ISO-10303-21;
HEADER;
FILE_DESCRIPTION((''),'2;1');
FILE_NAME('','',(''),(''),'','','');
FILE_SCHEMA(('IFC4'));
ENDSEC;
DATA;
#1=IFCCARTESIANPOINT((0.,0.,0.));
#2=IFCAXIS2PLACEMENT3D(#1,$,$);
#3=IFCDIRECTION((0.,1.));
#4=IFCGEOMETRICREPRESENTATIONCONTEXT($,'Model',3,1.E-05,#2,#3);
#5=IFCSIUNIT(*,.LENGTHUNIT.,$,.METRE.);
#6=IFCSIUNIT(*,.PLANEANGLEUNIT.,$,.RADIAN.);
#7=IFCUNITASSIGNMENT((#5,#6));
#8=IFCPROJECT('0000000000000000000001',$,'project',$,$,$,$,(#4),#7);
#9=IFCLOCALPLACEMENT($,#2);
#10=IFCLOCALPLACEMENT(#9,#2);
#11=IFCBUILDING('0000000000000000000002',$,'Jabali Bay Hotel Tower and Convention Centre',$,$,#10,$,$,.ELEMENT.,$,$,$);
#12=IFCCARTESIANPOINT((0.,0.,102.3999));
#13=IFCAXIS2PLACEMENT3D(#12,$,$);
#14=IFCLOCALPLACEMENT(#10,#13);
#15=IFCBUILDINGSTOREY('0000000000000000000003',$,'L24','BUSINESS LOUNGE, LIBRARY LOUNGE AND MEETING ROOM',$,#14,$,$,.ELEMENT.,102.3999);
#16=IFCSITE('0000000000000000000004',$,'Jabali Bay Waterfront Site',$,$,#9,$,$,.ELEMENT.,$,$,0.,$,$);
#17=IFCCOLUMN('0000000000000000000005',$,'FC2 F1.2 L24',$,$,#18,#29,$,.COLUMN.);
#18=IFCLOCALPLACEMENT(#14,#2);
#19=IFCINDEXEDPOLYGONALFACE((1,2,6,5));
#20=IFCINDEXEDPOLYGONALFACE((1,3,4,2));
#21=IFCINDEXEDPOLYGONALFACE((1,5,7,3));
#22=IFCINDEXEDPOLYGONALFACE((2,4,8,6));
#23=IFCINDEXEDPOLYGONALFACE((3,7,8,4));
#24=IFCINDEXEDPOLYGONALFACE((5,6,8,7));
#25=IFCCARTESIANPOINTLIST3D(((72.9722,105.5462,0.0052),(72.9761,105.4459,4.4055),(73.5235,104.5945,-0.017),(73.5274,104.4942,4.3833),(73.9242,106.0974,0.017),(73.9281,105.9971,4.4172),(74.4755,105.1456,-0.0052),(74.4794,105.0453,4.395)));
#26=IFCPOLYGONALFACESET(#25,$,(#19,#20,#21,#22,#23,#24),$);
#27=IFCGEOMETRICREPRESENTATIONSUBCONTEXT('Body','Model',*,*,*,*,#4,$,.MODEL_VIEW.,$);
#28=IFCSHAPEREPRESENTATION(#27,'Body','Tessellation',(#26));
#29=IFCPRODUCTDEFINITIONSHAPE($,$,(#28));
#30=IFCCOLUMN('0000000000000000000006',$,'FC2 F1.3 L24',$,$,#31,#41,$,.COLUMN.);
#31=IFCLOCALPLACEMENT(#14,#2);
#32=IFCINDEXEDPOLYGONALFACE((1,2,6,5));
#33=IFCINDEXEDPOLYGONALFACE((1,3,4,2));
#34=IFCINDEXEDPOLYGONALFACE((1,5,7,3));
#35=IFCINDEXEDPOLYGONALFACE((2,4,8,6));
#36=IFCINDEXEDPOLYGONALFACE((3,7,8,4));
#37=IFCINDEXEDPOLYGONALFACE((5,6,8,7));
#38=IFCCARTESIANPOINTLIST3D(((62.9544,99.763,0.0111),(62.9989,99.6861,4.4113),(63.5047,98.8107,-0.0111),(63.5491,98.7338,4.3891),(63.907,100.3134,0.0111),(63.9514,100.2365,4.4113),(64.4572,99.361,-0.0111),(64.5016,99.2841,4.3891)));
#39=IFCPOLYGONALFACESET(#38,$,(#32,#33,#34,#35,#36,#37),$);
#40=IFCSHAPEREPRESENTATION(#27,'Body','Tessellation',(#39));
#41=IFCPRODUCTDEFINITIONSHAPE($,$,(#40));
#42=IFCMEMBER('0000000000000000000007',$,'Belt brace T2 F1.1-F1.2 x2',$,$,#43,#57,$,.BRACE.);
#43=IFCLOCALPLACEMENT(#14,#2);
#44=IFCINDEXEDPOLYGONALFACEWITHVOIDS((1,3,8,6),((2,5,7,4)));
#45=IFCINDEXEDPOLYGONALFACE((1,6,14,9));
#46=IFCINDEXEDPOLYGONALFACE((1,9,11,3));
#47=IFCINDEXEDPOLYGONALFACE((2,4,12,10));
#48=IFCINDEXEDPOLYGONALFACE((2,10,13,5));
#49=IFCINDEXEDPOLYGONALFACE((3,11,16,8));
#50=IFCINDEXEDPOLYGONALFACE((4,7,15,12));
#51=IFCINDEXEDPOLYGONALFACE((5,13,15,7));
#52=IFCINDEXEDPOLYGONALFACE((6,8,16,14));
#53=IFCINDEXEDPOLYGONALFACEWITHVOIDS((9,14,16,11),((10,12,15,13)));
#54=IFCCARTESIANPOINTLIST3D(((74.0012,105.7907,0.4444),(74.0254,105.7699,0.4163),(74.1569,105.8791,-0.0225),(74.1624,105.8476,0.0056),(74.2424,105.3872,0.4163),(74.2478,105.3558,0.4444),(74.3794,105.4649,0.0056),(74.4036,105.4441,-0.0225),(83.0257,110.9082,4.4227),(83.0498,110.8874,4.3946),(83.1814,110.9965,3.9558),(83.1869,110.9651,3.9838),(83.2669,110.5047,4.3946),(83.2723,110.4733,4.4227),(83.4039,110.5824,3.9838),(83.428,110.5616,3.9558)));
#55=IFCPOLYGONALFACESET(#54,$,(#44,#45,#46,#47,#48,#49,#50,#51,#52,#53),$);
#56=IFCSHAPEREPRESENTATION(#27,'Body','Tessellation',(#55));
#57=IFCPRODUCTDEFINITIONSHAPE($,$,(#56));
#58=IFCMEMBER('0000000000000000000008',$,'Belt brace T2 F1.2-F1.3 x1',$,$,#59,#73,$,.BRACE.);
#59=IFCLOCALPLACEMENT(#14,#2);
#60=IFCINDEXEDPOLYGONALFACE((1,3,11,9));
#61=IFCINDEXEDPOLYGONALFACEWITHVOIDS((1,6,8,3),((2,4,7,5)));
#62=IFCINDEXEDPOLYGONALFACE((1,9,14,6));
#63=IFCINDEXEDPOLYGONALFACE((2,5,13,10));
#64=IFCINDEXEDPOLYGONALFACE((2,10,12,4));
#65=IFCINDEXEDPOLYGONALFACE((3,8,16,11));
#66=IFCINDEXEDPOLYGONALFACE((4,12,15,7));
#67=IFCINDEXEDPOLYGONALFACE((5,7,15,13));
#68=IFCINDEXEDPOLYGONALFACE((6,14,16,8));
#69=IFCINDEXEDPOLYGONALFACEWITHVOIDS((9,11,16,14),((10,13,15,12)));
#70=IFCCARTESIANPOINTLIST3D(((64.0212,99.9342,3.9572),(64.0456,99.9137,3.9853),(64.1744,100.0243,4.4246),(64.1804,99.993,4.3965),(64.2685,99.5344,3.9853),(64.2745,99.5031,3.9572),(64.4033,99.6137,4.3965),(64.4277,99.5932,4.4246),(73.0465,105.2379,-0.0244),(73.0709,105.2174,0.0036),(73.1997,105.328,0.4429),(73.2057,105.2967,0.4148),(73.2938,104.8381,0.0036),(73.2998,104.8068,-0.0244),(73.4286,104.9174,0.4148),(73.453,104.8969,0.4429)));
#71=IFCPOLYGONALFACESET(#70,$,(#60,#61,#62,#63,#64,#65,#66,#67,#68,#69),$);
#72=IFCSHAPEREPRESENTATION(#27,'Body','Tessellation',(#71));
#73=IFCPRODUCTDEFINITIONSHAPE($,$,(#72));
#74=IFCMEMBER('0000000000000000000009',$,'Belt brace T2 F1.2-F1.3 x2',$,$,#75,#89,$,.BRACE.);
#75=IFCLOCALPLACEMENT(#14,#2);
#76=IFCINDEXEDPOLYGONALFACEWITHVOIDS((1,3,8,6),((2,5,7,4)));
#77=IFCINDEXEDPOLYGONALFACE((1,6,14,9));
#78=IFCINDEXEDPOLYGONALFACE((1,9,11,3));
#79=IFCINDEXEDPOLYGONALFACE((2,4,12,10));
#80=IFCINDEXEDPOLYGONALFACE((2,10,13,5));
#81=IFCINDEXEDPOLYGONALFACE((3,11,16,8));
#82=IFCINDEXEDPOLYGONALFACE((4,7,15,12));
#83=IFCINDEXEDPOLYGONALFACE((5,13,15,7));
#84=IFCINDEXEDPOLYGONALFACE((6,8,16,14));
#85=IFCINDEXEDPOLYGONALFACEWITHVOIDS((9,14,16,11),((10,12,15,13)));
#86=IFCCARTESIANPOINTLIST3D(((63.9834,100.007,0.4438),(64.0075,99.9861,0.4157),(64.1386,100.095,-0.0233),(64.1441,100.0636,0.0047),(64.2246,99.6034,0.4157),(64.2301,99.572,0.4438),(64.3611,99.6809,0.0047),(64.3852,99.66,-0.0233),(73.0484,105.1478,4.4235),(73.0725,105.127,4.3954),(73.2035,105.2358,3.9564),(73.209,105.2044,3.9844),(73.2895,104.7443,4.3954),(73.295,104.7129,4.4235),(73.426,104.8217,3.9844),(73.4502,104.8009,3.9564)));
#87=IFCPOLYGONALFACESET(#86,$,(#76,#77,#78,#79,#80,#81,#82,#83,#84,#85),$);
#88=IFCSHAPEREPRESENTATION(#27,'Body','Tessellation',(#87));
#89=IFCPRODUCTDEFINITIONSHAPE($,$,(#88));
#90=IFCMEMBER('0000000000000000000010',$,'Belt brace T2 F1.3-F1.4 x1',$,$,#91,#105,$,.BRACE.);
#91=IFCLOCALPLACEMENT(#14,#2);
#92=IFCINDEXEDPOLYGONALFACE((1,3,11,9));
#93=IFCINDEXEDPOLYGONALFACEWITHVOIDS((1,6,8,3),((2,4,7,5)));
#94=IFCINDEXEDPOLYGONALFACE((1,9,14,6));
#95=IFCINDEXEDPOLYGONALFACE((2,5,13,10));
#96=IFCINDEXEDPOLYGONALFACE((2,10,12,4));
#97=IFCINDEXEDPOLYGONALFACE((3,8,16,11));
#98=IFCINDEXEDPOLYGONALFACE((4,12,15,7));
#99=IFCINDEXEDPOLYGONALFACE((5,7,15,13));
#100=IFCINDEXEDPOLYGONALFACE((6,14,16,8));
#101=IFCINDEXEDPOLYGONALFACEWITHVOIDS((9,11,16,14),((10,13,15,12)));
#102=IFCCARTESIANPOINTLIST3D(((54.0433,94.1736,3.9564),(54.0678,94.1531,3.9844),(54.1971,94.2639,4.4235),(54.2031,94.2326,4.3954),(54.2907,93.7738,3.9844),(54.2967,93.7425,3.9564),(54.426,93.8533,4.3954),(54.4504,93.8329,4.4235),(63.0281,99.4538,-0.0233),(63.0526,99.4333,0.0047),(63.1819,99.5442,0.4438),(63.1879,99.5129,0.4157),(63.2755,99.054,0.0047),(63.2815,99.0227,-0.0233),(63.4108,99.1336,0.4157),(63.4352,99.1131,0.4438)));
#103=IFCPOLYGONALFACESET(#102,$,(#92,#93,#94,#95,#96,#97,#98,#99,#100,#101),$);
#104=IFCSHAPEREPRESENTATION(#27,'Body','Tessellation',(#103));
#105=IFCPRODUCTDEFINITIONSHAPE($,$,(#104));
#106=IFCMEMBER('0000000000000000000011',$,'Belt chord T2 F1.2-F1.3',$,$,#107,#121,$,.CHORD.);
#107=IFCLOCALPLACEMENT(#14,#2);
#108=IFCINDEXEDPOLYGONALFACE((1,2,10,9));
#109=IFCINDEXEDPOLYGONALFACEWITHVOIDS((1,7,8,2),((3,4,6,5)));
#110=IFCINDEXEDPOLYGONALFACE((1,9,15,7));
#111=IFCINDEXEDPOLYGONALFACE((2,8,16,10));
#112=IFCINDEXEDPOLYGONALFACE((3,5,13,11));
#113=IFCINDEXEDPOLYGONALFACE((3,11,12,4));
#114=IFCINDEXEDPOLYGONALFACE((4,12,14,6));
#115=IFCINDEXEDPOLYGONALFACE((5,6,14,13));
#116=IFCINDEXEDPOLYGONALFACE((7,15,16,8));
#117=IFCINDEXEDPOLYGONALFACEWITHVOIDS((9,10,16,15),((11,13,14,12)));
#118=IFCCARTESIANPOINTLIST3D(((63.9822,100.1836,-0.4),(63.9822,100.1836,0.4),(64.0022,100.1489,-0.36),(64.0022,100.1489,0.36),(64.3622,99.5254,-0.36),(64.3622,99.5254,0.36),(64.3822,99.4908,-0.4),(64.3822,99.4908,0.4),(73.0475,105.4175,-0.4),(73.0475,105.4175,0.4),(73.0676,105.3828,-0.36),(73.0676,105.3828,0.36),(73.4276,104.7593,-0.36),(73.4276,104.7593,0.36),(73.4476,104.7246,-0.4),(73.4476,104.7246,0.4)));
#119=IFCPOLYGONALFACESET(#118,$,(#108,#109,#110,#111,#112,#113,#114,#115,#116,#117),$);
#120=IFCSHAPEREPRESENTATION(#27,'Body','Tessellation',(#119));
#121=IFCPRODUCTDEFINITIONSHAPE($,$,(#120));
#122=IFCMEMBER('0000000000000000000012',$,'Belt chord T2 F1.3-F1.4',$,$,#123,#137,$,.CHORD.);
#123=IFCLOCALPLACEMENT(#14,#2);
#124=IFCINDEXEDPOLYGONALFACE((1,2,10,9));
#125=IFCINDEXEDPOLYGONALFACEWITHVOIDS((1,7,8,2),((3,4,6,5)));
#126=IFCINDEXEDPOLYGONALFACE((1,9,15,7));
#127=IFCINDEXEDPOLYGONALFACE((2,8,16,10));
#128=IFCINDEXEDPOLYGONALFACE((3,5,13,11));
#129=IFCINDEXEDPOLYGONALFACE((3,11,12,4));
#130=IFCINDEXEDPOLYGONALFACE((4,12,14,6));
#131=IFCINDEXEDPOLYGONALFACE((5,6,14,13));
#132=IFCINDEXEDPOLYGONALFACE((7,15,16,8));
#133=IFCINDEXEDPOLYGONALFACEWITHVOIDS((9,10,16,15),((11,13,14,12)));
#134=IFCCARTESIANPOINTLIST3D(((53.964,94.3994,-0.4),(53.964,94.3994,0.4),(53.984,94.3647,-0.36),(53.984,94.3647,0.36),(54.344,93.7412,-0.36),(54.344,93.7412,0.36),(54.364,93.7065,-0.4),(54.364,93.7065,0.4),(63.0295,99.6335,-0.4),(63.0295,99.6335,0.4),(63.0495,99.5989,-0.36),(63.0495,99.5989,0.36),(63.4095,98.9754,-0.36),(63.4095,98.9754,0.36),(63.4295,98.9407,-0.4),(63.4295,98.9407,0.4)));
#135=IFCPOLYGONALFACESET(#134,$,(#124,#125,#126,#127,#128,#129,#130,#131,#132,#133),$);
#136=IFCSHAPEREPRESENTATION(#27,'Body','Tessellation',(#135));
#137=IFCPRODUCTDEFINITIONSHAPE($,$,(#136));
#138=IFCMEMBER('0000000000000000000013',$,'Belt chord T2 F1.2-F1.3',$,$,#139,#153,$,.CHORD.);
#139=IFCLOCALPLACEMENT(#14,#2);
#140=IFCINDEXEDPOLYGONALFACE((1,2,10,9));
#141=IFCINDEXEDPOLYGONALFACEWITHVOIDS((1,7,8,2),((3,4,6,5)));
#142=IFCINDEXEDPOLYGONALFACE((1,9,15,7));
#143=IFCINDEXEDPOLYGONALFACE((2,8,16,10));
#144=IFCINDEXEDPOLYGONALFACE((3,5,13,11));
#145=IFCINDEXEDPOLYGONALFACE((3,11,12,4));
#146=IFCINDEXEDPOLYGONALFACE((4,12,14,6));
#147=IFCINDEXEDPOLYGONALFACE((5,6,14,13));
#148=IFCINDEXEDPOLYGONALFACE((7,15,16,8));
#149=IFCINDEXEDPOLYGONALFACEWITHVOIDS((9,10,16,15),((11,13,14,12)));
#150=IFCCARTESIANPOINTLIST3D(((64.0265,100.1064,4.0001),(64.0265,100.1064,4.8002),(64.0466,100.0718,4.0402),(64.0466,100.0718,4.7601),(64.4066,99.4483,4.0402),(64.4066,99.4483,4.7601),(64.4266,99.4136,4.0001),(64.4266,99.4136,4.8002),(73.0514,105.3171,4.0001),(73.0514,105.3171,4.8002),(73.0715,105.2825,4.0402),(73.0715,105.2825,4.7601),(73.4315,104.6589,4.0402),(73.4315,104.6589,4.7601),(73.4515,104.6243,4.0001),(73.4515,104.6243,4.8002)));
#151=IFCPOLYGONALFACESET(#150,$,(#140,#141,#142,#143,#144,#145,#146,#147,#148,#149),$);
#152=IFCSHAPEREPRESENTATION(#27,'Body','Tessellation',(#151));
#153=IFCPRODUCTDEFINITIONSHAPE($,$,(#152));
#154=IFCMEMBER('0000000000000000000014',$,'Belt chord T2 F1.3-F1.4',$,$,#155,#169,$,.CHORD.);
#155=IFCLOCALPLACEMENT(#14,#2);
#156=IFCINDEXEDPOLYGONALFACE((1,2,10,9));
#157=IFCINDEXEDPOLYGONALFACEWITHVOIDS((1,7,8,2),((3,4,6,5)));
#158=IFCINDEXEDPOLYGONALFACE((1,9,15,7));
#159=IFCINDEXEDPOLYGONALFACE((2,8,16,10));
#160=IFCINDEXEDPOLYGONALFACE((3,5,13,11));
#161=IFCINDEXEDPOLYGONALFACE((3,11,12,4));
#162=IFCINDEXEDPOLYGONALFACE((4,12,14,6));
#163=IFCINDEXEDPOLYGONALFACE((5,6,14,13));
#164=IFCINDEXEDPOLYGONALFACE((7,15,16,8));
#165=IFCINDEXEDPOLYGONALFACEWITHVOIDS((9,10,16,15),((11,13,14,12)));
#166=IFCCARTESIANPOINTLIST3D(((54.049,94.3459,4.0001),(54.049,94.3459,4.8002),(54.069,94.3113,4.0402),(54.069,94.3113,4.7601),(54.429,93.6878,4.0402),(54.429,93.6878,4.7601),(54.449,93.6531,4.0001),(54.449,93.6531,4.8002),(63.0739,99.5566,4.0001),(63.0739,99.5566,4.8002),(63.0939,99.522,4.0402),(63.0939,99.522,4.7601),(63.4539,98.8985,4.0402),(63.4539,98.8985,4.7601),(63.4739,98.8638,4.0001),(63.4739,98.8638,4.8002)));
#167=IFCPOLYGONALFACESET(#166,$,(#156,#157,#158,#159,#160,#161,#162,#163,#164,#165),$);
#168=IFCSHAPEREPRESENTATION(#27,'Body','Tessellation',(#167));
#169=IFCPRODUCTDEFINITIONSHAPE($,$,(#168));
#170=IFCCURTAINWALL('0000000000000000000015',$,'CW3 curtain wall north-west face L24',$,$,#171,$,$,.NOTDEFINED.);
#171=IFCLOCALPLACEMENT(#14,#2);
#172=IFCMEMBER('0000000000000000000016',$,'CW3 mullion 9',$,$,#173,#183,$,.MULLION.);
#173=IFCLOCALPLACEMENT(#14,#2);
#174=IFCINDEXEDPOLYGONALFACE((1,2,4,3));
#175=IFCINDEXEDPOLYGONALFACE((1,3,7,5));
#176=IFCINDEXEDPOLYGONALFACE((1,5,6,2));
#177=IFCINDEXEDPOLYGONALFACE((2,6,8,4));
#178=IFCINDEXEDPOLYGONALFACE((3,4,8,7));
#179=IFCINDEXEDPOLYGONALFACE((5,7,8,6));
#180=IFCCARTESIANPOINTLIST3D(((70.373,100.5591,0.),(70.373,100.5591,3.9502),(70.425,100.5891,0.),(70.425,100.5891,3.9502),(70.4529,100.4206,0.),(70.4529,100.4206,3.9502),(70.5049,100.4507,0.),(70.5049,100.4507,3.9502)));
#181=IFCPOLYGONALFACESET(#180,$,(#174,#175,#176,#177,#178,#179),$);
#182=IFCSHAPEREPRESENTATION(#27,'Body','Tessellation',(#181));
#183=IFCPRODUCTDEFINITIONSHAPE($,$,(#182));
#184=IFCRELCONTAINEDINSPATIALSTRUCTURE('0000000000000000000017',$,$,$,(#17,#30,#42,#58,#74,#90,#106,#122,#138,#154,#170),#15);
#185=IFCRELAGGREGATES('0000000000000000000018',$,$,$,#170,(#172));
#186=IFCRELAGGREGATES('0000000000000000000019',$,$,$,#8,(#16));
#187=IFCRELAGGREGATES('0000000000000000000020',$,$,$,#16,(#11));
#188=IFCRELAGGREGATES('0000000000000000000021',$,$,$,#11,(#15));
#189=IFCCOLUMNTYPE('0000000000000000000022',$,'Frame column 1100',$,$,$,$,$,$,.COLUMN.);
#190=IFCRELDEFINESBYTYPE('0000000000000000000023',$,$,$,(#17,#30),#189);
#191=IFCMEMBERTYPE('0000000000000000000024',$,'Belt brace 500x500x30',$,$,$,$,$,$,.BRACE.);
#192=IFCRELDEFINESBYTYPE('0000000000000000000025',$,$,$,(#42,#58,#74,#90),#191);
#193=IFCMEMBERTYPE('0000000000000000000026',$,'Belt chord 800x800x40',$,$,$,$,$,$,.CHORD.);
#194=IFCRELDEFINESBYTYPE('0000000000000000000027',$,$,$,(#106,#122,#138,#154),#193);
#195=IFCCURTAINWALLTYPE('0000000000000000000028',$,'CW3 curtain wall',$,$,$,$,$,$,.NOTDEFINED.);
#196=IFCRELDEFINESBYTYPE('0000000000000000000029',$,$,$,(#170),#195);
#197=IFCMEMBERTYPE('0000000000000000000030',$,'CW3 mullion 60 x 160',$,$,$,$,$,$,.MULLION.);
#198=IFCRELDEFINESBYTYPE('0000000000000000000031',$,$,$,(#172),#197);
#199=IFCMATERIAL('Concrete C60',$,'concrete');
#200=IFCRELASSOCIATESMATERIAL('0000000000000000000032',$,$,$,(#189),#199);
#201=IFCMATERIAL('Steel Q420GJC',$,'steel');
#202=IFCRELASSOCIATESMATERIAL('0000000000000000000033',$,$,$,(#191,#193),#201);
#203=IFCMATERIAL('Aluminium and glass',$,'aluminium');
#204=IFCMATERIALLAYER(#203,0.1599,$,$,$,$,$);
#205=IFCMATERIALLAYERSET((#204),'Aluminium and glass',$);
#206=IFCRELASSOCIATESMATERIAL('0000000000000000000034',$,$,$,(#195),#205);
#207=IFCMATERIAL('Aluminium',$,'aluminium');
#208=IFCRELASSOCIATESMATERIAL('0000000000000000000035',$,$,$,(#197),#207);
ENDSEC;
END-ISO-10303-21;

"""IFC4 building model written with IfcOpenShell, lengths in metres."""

from ifc_helpers import new_model, si_unit, direction, frame, origin, origin_2d, place, context, subcontext, project, spatial, rectangle, hollow_rectangle, extrude, material, layer, layer_set, material_profile, profile_set, type_object, element, aggregate, save


model = new_model("IFC4")

# Units and contexts
model_context = context("Model", 3, precision=1e-05, world=origin(), true_north=direction((0.0, 1.0)))
body_context = subcontext(model_context, "Body", "Model", "MODEL_VIEW")
ifc_project = project(units=[si_unit("LENGTHUNIT", "METRE"), si_unit("PLANEANGLEUNIT", "RADIAN")], contexts=[model_context])

# Site, building, storey
site_placement = place(None, origin())
site = spatial("IfcSite", under=ifc_project, at=site_placement, Name="Jabali Bay Waterfront Site", CompositionType="ELEMENT", RefElevation=0.0)
building_placement = place(site_placement, origin())
building = spatial("IfcBuilding", under=site, at=building_placement, Name="Jabali Bay Hotel Tower and Convention Centre", CompositionType="ELEMENT")
storey_placement = place(building_placement, frame((0.0, 0.0, 102.3999)))
storey = spatial("IfcBuildingStorey", under=building, at=storey_placement, Name="L24", Description="BUSINESS LOUNGE, LIBRARY LOUNGE AND MEETING ROOM", CompositionType="ELEMENT", Elevation=102.3999)

# Columns
ifc_material_1 = material(Name="Concrete C60", Category="concrete")
ifc_material_profile_1 = material_profile(ifc_material_1, rectangle(XDim=1.1001, YDim=1.1001, at=origin_2d()), Name="Frame column 1100")
ifc_profile_set_1 = profile_set([ifc_material_profile_1], Name="Concrete C60")
column_type = type_object("IfcColumnType", Name="Frame column 1100", PredefinedType="COLUMN", material=ifc_profile_set_1)
column_1_placement = place(storey_placement, frame((73.7239, 105.3459, 0.0), z_axis=(0.000888, -0.022798, 0.99974), x_axis=(0.865382, 0.501, 0.010657)))
element("IfcColumn", 1, at=column_1_placement, inside=storey, type_object=column_type, Name="FC2 F1.2 L24", PredefinedType="COLUMN", context=body_context, shape_type="SweptSolid", body=[
    extrude(rectangle(XDim=1.1001, YDim=1.1001, at=origin_2d()), origin(), (0.0, 0.0, 1.0), 4.4014),
])
column_2_placement = place(storey_placement, frame((63.7058, 99.562, 0.0), z_axis=(0.010096, -0.017474, 0.999796), x_axis=(0.865864, 0.500279, 0.0)))
element("IfcColumn", 2, at=column_2_placement, inside=storey, type_object=column_type, Name="FC2 F1.3 L24", PredefinedType="COLUMN", context=body_context, shape_type="SweptSolid", body=[
    extrude(rectangle(XDim=1.1001, YDim=1.1001, at=origin_2d()), origin(), (0.0, 0.0, 1.0), 4.4011),
])

# Members
ifc_material_2 = material(Name="Steel Q420GJC", Category="steel")
ifc_material_profile_2 = material_profile(ifc_material_2, hollow_rectangle(XDim=0.5, YDim=0.5, WallThickness=0.03, at=origin_2d()), Name="Belt brace 500x500x30")
ifc_profile_set_2 = profile_set([ifc_material_profile_2], Name="Steel Q420GJC")
member_type_1 = type_object("IfcMemberType", Name="Belt brace 500x500x30", PredefinedType="BRACE", material=ifc_profile_set_2)
member_1_placement = place(storey_placement, frame((74.2024, 105.6174, 0.2109), z_axis=(0.812204, 0.460573, 0.358047), x_axis=(-0.493275, 0.869873, 0.0)))
element("IfcMember", 3, at=member_1_placement, inside=storey, type_object=member_type_1, Name="Belt brace T2 F1.1-F1.2 x2", PredefinedType="BRACE", context=body_context, shape_type="SweptSolid", body=[
    extrude(hollow_rectangle(XDim=0.5, YDim=0.5, WallThickness=0.03, at=origin_2d()), origin(), (0.0, 0.0, 1.0), 11.1111),
])
member_2_placement = place(storey_placement, frame((73.2498, 105.0674, 0.2092), z_axis=(-0.805836, -0.473544, 0.355507), x_axis=(0.506641, -0.862157, 0.0)))
element("IfcMember", 4, at=member_2_placement, inside=storey, type_object=member_type_1, Name="Belt brace T2 F1.2-F1.3 x1", PredefinedType="BRACE", context=body_context, shape_type="SweptSolid", body=[
    extrude(hollow_rectangle(XDim=0.5, YDim=0.5, WallThickness=0.03, at=origin_2d()), origin(), (0.0, 0.0, 1.0), 11.2),
])
member_3_placement = place(storey_placement, frame((64.1843, 99.8335, 0.2102), z_axis=(0.812615, 0.460847, 0.356758), x_axis=(-0.493308, 0.869855, 0.0)))
element("IfcMember", 5, at=member_3_placement, inside=storey, type_object=member_type_1, Name="Belt brace T2 F1.2-F1.3 x2", PredefinedType="BRACE", context=body_context, shape_type="SweptSolid", body=[
    extrude(hollow_rectangle(XDim=0.5, YDim=0.5, WallThickness=0.03, at=origin_2d()), origin(), (0.0, 0.0, 1.0), 11.1553),
])
member_4_placement = place(storey_placement, frame((63.2317, 99.2834, 0.2102), z_axis=(-0.805413, -0.47333, 0.356748), x_axis=(0.506668, -0.862141, 0.0)))
element("IfcMember", 6, at=member_4_placement, inside=storey, type_object=member_type_1, Name="Belt brace T2 F1.3-F1.4 x1", PredefinedType="BRACE", context=body_context, shape_type="SweptSolid", body=[
    extrude(hollow_rectangle(XDim=0.5, YDim=0.5, WallThickness=0.03, at=origin_2d()), origin(), (0.0, 0.0, 1.0), 11.1555),
])
ifc_material_profile_3 = material_profile(ifc_material_2, hollow_rectangle(XDim=0.8, YDim=0.8, WallThickness=0.04, at=origin_2d()), Name="Belt chord 800x800x40")
ifc_profile_set_3 = profile_set([ifc_material_profile_3], Name="Steel Q420GJC")
member_type_2 = type_object("IfcMemberType", Name="Belt chord 800x800x40", PredefinedType="CHORD", material=ifc_profile_set_3)
member_5_placement = place(storey_placement, frame((73.2476, 105.071, 0.0), z_axis=(-0.866027, -0.499997, 0.0), x_axis=(0.499997, -0.866027, 0.0)))
element("IfcMember", 7, at=member_5_placement, inside=storey, type_object=member_type_2, Name="Belt chord T2 F1.2-F1.3", PredefinedType="CHORD", context=body_context, shape_type="SweptSolid", body=[
    extrude(hollow_rectangle(XDim=0.8, YDim=0.8, WallThickness=0.04, at=origin_2d()), origin(), (0.0, 0.0, 1.0), 10.4678),
])
member_6_placement = place(storey_placement, frame((63.2295, 99.2871, 0.0), z_axis=(-0.866017, -0.500015, 0.0), x_axis=(0.500015, -0.866017, 0.0)))
element("IfcMember", 8, at=member_6_placement, inside=storey, type_object=member_type_2, Name="Belt chord T2 F1.3-F1.4", PredefinedType="CHORD", context=body_context, shape_type="SweptSolid", body=[
    extrude(hollow_rectangle(XDim=0.8, YDim=0.8, WallThickness=0.04, at=origin_2d()), origin(), (0.0, 0.0, 1.0), 10.468),
])
for number, where, z_axis, x_axis, name in (
    (9, (73.2515, 104.9707, 4.4001), (-0.866019, -0.500012, 0.0), (0.500012, -0.866019, 0.0), "Belt chord T2 F1.2-F1.3"),
    (10, (63.2739, 99.2102, 4.4001), (-0.866019, -0.500012, 0.0), (0.500012, -0.866019, 0.0), "Belt chord T2 F1.3-F1.4"),
):
    element("IfcMember", number, at=place(storey_placement, frame(where, z_axis=z_axis, x_axis=x_axis)), inside=storey, type_object=member_type_2, Name=name, PredefinedType="CHORD", context=body_context, shape_type="SweptSolid", body=[
        extrude(hollow_rectangle(XDim=0.8, YDim=0.8, WallThickness=0.04, at=origin_2d()), origin(), (0.0, 0.0, 1.0), 10.4211),
    ])

# Curtain wall, member
ifc_material_3 = material(Name="Aluminium and glass", Category="aluminium")
ifc_layer_1 = layer(ifc_material_3, 0.1599)
ifc_layer_set_1 = layer_set([ifc_layer_1], Name="Aluminium and glass")
curtain_wall_type = type_object("IfcCurtainWallType", Name="CW3 curtain wall", PredefinedType="NOTDEFINED", material=ifc_layer_set_1)
curtain_wall_placement = place(storey_placement, origin())
curtain_wall = element("IfcCurtainWall", 11, at=curtain_wall_placement, inside=storey, type_object=curtain_wall_type, Name="CW3 curtain wall north-west face L24", PredefinedType="NOTDEFINED")
ifc_material_4 = material(Name="Aluminium", Category="aluminium")
ifc_material_profile_4 = material_profile(ifc_material_4, rectangle(XDim=0.1599, YDim=0.0601, at=origin_2d()), Name="CW3 mullion 60 x 160")
ifc_profile_set_4 = profile_set([ifc_material_profile_4], Name="Aluminium")
member_type_3 = type_object("IfcMemberType", Name="CW3 mullion 60 x 160", PredefinedType="MULLION", material=ifc_profile_set_4)
member_7_placement = place(storey_placement, frame((70.439, 100.5049, 0.0), z_axis=(0.0, 0.0, 1.0), x_axis=(-0.5, 0.866025, 0.0)))
member_7 = element("IfcMember", 12, at=member_7_placement, type_object=member_type_3, Name="CW3 mullion 9", PredefinedType="MULLION", context=body_context, shape_type="SweptSolid", body=[
    extrude(rectangle(XDim=0.1599, YDim=0.0601, at=origin_2d()), origin(), (0.0, 0.0, 1.0), 3.9502),
])
aggregate(curtain_wall, [member_7])

save(model, "model.ifc")
